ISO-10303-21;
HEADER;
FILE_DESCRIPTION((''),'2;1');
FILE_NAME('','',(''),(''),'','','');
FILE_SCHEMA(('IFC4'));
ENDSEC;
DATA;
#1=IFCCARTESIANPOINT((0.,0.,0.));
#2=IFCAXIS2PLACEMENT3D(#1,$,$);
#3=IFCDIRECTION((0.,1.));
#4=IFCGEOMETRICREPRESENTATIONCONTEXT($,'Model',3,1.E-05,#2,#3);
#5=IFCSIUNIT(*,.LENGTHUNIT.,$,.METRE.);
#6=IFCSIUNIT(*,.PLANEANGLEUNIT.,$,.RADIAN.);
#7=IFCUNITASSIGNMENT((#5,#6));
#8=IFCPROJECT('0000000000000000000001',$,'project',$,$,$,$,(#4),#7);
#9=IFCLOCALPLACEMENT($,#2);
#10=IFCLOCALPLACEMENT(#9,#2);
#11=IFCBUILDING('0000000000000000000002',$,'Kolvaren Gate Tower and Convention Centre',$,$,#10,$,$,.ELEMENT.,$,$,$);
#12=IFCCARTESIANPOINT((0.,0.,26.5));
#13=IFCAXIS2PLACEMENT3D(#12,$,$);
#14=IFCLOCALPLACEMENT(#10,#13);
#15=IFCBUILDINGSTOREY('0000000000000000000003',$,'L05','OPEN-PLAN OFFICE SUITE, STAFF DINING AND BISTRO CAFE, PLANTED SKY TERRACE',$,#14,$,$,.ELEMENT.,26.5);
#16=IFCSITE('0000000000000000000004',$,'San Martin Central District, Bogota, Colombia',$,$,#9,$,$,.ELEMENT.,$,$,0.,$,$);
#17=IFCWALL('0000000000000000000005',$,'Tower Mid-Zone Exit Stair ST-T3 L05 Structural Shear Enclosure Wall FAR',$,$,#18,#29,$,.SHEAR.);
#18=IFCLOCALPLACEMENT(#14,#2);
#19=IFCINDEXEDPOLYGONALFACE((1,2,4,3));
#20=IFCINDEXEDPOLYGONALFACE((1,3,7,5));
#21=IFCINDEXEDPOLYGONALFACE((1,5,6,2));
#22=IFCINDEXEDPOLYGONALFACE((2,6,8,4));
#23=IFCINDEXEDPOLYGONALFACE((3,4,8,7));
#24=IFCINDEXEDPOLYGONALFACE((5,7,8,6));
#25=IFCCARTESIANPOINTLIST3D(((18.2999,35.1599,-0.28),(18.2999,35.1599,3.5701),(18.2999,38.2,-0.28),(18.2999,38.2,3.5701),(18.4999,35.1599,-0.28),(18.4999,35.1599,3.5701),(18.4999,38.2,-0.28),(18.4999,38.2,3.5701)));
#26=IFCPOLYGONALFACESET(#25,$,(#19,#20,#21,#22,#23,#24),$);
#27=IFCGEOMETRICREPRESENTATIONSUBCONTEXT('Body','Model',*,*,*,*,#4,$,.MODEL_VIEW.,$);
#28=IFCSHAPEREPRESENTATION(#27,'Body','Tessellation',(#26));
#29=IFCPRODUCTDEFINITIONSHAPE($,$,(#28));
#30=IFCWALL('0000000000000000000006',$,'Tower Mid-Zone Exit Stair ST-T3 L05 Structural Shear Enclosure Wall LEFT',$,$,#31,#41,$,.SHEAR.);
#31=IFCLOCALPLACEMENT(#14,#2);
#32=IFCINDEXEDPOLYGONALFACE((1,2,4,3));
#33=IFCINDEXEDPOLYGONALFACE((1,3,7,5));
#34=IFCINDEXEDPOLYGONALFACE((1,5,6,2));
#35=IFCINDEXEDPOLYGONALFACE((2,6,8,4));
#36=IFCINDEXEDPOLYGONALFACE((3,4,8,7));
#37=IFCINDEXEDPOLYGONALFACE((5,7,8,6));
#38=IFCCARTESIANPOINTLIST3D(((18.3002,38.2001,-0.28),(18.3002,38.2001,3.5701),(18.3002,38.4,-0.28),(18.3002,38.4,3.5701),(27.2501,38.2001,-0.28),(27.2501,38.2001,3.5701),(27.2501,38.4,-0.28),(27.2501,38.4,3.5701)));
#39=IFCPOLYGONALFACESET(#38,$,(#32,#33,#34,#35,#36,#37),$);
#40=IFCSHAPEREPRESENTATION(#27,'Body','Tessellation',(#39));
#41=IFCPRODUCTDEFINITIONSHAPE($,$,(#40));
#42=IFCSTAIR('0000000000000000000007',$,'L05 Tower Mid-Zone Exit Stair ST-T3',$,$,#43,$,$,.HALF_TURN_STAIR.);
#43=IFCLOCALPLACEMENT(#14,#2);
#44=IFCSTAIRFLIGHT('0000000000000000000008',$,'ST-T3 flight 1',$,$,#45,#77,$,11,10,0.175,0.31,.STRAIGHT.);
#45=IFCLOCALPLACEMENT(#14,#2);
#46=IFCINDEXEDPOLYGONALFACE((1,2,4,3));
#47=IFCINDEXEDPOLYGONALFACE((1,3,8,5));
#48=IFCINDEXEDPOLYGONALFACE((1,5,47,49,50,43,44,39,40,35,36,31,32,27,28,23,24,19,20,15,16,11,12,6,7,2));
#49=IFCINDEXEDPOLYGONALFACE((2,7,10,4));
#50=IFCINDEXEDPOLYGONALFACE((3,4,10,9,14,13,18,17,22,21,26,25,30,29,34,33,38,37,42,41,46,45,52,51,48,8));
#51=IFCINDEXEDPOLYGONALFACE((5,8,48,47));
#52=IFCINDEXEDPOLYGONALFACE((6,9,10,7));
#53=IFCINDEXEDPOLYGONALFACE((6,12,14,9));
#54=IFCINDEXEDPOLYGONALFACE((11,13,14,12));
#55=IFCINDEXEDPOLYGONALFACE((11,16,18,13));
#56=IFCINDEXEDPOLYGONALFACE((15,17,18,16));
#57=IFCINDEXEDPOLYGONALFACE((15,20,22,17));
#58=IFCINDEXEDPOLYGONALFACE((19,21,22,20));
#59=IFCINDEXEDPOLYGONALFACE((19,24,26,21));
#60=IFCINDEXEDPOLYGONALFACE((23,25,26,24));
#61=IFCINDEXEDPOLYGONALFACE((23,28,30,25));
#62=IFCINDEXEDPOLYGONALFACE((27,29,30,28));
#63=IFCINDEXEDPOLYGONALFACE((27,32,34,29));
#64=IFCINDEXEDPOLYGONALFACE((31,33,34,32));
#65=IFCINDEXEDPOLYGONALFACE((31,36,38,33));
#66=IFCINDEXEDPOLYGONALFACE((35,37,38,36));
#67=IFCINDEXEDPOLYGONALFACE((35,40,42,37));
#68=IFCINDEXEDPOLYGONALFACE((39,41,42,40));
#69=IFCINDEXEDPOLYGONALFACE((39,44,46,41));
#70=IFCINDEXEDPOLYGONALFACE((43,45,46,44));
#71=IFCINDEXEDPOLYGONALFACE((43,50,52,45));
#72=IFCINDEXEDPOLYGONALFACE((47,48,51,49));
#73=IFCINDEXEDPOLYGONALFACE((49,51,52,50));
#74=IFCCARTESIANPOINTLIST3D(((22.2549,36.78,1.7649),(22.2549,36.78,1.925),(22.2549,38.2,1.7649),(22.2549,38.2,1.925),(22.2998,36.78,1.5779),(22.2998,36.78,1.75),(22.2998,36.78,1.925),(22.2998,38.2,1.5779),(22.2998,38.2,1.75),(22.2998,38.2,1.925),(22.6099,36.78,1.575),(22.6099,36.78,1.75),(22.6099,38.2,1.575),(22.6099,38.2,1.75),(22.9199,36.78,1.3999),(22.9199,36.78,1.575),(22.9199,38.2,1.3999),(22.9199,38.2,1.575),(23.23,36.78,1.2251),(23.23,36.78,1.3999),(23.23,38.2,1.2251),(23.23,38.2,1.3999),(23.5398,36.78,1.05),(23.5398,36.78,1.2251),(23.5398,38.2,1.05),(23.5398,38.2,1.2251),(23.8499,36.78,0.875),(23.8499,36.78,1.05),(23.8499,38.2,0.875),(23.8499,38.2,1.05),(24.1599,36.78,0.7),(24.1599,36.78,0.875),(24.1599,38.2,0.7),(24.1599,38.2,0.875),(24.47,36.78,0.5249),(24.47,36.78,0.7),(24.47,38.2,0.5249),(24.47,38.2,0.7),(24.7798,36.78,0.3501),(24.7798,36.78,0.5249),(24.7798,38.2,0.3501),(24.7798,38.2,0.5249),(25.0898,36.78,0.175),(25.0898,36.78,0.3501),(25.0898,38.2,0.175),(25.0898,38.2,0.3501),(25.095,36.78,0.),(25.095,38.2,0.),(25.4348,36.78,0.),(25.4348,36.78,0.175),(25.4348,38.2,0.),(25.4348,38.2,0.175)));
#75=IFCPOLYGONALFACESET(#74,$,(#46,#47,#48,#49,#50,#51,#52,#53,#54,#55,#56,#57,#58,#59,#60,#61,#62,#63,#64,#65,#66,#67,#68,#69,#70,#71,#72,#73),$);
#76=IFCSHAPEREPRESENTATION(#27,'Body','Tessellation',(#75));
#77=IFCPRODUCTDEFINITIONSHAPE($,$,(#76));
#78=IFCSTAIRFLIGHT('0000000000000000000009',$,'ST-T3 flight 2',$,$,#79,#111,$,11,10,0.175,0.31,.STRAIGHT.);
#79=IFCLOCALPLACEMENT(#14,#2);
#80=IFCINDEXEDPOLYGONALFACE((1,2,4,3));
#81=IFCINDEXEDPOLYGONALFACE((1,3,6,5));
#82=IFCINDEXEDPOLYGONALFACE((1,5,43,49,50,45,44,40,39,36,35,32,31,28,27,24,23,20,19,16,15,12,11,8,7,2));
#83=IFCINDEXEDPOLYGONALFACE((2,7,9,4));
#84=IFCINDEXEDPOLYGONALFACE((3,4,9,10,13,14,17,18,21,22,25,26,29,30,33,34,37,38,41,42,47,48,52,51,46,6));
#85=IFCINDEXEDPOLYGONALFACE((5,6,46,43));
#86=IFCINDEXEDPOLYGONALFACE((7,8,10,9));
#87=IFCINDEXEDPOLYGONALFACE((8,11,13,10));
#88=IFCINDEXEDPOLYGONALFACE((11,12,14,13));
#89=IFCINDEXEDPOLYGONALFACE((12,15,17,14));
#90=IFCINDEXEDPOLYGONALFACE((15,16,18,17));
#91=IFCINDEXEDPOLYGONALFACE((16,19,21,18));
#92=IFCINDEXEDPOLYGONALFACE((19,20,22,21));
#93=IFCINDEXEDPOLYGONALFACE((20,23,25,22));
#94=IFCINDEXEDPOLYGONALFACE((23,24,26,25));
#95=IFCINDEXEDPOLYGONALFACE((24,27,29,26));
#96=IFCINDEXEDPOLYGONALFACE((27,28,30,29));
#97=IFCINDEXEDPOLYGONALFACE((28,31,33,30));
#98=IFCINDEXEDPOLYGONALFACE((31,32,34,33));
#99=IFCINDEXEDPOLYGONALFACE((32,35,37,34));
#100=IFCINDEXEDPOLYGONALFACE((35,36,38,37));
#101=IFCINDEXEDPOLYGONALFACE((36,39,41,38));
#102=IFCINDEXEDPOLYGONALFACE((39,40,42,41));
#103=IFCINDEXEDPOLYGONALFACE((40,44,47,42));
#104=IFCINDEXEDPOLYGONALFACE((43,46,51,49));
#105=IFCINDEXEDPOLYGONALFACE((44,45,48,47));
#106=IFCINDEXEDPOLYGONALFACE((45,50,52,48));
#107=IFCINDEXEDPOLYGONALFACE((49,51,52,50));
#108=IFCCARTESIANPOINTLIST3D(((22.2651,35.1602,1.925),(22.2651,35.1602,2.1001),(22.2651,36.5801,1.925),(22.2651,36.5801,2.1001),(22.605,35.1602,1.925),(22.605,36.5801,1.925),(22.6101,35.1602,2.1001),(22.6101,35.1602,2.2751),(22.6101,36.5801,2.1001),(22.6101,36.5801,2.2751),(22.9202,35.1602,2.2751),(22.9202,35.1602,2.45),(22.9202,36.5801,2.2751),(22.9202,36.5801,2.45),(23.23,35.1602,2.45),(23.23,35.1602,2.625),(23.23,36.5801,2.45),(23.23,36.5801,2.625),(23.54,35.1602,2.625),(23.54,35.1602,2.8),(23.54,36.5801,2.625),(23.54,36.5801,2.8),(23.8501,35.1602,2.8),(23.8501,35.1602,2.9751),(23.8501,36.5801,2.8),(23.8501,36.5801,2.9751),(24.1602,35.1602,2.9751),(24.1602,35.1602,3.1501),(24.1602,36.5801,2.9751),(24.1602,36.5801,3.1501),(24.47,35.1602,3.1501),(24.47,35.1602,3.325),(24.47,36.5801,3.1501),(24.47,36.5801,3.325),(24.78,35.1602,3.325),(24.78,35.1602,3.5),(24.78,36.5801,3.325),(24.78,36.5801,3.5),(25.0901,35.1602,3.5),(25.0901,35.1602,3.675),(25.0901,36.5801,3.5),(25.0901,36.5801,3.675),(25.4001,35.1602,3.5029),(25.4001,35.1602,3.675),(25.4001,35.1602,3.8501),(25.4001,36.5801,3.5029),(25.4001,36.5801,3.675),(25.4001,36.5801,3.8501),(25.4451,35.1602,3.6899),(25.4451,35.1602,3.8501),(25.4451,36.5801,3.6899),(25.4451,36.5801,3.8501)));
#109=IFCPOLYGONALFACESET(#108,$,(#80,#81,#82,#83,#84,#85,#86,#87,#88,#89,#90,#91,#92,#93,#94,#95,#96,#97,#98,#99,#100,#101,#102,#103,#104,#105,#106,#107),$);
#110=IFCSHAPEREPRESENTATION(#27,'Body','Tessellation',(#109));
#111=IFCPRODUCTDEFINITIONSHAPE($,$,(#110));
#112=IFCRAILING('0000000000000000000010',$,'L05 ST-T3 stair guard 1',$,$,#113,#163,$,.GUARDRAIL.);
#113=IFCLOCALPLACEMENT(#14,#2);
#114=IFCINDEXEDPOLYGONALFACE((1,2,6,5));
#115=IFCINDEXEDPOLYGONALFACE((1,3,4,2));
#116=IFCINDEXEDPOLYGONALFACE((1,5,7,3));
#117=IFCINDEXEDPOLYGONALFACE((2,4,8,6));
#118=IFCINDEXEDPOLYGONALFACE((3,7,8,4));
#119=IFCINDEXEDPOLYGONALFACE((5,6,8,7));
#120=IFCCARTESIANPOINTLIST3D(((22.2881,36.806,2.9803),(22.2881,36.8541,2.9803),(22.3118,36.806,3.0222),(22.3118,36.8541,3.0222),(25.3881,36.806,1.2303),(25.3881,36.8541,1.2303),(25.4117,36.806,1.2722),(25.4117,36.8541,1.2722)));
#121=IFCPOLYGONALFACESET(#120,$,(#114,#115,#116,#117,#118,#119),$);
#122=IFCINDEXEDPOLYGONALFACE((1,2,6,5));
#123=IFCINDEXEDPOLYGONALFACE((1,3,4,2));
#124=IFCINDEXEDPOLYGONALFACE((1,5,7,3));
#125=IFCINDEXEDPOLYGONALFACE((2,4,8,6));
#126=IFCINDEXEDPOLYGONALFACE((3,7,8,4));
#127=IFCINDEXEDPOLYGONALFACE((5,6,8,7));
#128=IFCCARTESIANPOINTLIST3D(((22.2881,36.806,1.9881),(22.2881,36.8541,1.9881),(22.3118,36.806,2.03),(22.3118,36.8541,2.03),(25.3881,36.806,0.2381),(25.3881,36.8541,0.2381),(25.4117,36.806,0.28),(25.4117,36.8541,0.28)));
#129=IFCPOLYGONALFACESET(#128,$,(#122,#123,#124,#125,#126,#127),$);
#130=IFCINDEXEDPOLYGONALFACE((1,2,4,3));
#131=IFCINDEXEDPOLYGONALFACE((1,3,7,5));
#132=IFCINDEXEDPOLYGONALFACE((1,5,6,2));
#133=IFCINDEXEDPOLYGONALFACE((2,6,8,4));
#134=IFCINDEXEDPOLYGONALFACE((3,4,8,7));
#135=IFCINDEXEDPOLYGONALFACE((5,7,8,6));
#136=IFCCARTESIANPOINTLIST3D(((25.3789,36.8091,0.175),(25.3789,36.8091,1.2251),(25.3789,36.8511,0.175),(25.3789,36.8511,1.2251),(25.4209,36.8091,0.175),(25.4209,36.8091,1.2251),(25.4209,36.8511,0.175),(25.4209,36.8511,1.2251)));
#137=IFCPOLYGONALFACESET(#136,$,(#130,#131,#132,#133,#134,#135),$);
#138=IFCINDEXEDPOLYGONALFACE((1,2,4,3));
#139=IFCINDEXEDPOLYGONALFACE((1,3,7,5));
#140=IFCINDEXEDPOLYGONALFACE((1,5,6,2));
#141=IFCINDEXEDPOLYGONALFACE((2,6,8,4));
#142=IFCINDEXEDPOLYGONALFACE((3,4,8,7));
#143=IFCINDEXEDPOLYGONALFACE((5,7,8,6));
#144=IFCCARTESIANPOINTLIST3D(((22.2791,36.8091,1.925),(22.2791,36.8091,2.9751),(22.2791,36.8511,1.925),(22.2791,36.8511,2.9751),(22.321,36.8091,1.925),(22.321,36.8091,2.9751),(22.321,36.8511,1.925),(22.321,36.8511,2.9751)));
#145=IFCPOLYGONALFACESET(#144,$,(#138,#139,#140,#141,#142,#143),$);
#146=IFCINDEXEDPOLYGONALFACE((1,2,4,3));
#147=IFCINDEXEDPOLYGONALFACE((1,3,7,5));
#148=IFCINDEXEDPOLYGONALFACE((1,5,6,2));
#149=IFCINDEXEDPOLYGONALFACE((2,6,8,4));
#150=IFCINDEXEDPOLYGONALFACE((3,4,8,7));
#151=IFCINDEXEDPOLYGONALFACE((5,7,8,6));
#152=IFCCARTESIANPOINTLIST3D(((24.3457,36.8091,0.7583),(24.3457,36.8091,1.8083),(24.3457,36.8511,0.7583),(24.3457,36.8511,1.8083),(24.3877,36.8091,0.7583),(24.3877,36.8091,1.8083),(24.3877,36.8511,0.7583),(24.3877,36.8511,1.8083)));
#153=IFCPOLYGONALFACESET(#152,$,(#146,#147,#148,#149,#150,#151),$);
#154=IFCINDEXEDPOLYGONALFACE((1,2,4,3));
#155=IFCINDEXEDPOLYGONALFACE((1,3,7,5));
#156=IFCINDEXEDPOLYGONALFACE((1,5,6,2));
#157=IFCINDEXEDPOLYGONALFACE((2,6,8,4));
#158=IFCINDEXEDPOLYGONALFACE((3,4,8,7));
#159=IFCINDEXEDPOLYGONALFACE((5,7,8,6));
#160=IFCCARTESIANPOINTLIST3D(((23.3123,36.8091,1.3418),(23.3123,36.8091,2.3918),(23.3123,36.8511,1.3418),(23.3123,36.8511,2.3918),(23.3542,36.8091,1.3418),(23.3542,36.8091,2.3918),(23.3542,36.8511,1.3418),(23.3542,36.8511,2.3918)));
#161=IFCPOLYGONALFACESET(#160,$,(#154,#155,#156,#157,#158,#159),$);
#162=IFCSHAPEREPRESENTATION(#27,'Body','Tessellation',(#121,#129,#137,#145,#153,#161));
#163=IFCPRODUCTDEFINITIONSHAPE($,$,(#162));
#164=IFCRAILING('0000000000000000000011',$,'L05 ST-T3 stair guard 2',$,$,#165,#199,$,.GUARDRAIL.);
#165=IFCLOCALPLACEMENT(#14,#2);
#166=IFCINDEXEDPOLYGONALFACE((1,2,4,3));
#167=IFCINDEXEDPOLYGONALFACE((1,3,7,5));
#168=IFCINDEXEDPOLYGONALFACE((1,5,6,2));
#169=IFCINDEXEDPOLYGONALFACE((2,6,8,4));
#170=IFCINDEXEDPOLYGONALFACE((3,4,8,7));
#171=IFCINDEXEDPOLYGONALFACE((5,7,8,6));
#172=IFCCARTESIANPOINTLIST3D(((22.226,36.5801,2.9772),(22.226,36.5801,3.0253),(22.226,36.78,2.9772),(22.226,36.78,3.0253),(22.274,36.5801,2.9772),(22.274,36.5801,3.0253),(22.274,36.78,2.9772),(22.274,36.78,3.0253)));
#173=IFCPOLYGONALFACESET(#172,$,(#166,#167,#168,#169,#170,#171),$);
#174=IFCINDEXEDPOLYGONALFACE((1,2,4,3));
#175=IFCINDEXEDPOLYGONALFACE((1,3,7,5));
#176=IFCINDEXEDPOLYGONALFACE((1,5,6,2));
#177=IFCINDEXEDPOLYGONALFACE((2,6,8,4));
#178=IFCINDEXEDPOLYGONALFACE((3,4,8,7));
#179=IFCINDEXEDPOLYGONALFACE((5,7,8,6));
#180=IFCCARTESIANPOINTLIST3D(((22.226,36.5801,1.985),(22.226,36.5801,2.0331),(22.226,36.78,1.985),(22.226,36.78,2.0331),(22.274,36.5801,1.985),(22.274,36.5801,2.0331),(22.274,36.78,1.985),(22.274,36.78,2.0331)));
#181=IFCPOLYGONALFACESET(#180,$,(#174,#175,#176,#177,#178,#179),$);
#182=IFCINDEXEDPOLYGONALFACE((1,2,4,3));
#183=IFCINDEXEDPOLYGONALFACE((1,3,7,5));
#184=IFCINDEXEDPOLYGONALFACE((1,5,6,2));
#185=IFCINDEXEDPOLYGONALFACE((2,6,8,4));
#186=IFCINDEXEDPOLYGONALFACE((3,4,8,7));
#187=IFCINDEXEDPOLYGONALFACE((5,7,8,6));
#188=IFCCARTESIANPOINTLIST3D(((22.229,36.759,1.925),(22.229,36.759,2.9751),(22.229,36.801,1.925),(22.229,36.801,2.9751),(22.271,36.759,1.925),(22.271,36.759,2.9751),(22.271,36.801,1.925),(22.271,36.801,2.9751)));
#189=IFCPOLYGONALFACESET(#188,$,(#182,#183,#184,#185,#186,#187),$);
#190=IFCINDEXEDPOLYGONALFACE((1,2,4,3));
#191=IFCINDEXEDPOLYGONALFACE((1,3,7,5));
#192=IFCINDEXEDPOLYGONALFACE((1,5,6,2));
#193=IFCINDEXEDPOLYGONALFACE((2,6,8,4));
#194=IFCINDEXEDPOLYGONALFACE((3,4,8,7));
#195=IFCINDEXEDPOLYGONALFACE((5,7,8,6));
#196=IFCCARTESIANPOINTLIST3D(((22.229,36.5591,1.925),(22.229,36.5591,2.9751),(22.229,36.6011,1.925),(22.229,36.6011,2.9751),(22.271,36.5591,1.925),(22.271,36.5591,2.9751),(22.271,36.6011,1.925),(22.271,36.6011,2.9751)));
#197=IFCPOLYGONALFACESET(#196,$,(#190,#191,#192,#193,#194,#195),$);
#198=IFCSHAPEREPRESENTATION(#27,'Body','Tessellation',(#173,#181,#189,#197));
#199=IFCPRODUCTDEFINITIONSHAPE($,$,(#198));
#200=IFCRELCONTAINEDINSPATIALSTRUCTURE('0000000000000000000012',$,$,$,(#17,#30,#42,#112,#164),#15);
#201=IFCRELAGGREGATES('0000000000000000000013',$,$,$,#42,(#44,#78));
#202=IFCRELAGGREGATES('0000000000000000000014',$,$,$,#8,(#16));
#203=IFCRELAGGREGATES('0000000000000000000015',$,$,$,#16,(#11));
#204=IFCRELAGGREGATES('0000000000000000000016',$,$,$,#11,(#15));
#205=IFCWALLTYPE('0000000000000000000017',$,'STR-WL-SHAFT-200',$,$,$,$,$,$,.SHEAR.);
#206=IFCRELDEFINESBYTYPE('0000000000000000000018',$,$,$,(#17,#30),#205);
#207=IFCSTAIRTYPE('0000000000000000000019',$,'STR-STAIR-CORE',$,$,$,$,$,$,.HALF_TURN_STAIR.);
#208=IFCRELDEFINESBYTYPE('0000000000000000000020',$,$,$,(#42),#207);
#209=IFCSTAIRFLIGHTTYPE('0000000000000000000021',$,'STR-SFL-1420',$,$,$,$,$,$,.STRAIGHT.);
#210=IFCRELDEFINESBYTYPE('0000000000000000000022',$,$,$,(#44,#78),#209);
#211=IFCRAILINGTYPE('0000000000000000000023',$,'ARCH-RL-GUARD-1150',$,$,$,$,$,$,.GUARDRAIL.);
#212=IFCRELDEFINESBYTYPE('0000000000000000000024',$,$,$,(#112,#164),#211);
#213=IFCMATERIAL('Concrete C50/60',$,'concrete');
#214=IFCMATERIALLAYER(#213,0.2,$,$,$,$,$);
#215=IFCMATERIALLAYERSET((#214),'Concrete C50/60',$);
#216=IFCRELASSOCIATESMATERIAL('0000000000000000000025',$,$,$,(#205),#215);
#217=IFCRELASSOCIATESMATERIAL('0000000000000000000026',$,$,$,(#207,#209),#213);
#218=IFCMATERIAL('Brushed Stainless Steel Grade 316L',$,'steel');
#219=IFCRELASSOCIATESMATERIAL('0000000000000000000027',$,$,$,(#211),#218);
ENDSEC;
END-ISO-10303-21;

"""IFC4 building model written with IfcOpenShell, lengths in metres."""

from ifc_helpers import new_model, si_unit, direction, frame, frame_2d, origin, origin_2d, place, context, subcontext, project, spatial, polyline, rectangle, outline, extrude, material, layer, layer_set, type_object, element, aggregate, save


model = new_model("IFC4")

# Units and contexts
model_context = context("Model", 3, precision=1e-05, world=origin(), true_north=direction((0.0, 1.0)))
body_context = subcontext(model_context, "Body", "Model", "MODEL_VIEW")
ifc_project = project(units=[si_unit("LENGTHUNIT", "METRE"), si_unit("PLANEANGLEUNIT", "RADIAN")], contexts=[model_context])

# Site, building, storey
site_placement = place(None, origin())
site = spatial("IfcSite", under=ifc_project, at=site_placement, Name="San Martin Central District, Bogota, Colombia", CompositionType="ELEMENT", RefElevation=0.0)
building_placement = place(site_placement, origin())
building = spatial("IfcBuilding", under=site, at=building_placement, Name="Kolvaren Gate Tower and Convention Centre", CompositionType="ELEMENT")
storey_placement = place(building_placement, frame((0.0, 0.0, 26.5)))
storey = spatial("IfcBuildingStorey", under=building, at=storey_placement, Name="L05", Description="OPEN-PLAN OFFICE SUITE, STAFF DINING AND BISTRO CAFE, PLANTED SKY TERRACE", CompositionType="ELEMENT", Elevation=26.5)

# Shared definitions
ifc_material_1 = material(Name="Concrete C50/60", Category="concrete")
ifc_layer_1 = layer(ifc_material_1, 0.2)
ifc_layer_set_1 = layer_set([ifc_layer_1], Name="Concrete C50/60")
wall_type_1 = type_object("IfcWallType", Name="STR-WL-SHAFT-200", PredefinedType="SHEAR", material=ifc_layer_set_1)

# Walls
wall_1_placement = place(storey_placement, frame((18.3999, 35.1599, -0.28), z_axis=(0.0, 0.0, 1.0), x_axis=(0.0, 1.0, 0.0)))
element("IfcWall", 1, at=wall_1_placement, inside=storey, type_object=wall_type_1, Name="Tower Mid-Zone Exit Stair ST-T3 L05 Structural Shear Enclosure Wall FAR", PredefinedType="SHEAR", context=body_context, shape_type="SweptSolid", body=[
    extrude(rectangle(XDim=3.04, YDim=0.2, at=frame_2d((1.52, 0.0))), origin(), (0.0, 0.0, 1.0), 3.8501),
])
wall_2_placement = place(storey_placement, frame((18.3, 38.3, -0.28), z_axis=(0.0, 0.0, 1.0), x_axis=(1.0, 0.0, 0.0)))
element("IfcWall", 2, at=wall_2_placement, inside=storey, type_object=wall_type_1, Name="Tower Mid-Zone Exit Stair ST-T3 L05 Structural Shear Enclosure Wall LEFT", PredefinedType="SHEAR", context=body_context, shape_type="SweptSolid", body=[
    extrude(rectangle(XDim=8.95, YDim=0.2, at=frame_2d((4.4751, 0.0))), origin(), (0.0, 0.0, 1.0), 3.8501),
])

# Stair, stair flights
stair_type = type_object("IfcStairType", Name="STR-STAIR-CORE", PredefinedType="HALF_TURN_STAIR", material=ifc_material_1)
stair_placement = place(storey_placement, origin())
stair = element("IfcStair", 3, at=stair_placement, inside=storey, type_object=stair_type, Name="L05 Tower Mid-Zone Exit Stair ST-T3", PredefinedType="HALF_TURN_STAIR")
stair_flight_type = type_object("IfcStairFlightType", Name="STR-SFL-1420", PredefinedType="STRAIGHT", material=ifc_material_1)
stair_flight_1_placement = place(storey_placement, frame((25.3999, 37.49, 0.0), z_axis=(0.0, 0.0, 1.0), x_axis=(-1.0, 0.0, 0.0)))
stair_flight_1 = element("IfcStairFlight", 4, at=stair_flight_1_placement, type_object=stair_flight_type, Name="ST-T3 flight 1", NumberOfRisers=11, NumberOfTreads=10, PredefinedType="STRAIGHT", RiserHeight=0.175, TreadLength=0.31, context=body_context, shape_type="SweptSolid", body=[
    extrude(outline(polyline([(-0.0349, 0.0), (-0.0349, 0.175), (0.3101, 0.175), (0.3101, 0.3501), (0.6201, 0.3501), (0.6201, 0.5249), (0.9299, 0.5249), (0.9299, 0.7), (1.24, 0.7), (1.24, 0.875), (1.55, 0.875), (1.55, 1.05), (1.8601, 1.05), (1.8601, 1.2251), (2.1699, 1.2251), (2.1699, 1.3999), (2.48, 1.3999), (2.48, 1.575), (2.79, 1.575), (2.79, 1.75), (3.1001, 1.75), (3.1001, 1.925), (3.145, 1.925), (3.145, 1.7649), (3.1001, 1.5779), (0.3049, 0.0), (-0.0349, 0.0)])), frame((0.0, 0.71, 0.0), z_axis=(0.0, -1.0, 0.0), x_axis=(1.0, 0.0, 0.0)), (0.0, 0.0, 1.0), 1.4199),
])
stair_flight_2_placement = place(storey_placement, frame((22.3, 35.8701, 1.925), z_axis=(0.0, 0.0, 1.0), x_axis=(1.0, 0.0, 0.0)))
stair_flight_2 = element("IfcStairFlight", 5, at=stair_flight_2_placement, type_object=stair_flight_type, Name="ST-T3 flight 2", NumberOfRisers=11, NumberOfTreads=10, PredefinedType="STRAIGHT", RiserHeight=0.175, TreadLength=0.31, context=body_context, shape_type="SweptSolid", body=[
    extrude(outline(polyline([(-0.0349, 0.0), (-0.0349, 0.175), (0.3101, 0.175), (0.3101, 0.3501), (0.6201, 0.3501), (0.6201, 0.5249), (0.9299, 0.5249), (0.9299, 0.7), (1.24, 0.7), (1.24, 0.875), (1.55, 0.875), (1.55, 1.05), (1.8601, 1.05), (1.8601, 1.2251), (2.1699, 1.2251), (2.1699, 1.3999), (2.48, 1.3999), (2.48, 1.575), (2.79, 1.575), (2.79, 1.75), (3.1001, 1.75), (3.1001, 1.925), (3.145, 1.925), (3.145, 1.7649), (3.1001, 1.5779), (0.3049, 0.0), (-0.0349, 0.0)])), frame((0.0, 0.71, 0.0), z_axis=(0.0, -1.0, 0.0), x_axis=(1.0, 0.0, 0.0)), (0.0, 0.0, 1.0), 1.4199),
])
aggregate(stair, [stair_flight_1, stair_flight_2])

# Railings
ifc_material_2 = material(Name="Brushed Stainless Steel Grade 316L", Category="steel")
railing_type_1 = type_object("IfcRailingType", Name="ARCH-RL-GUARD-1150", PredefinedType="GUARDRAIL", material=ifc_material_2)
railing_1_placement = place(storey_placement, frame((25.3999, 36.8301, 0.175)))
element("IfcRailing", 6, at=railing_1_placement, inside=storey, type_object=railing_type_1, Name="L05 ST-T3 stair guard 1", PredefinedType="GUARDRAIL", context=body_context, shape_type="SweptSolid", body=[
    extrude(rectangle(XDim=0.0481, YDim=0.0481, at=origin_2d()), frame((0.0, 0.0, 1.0762), z_axis=(-0.870814, 0.0, 0.491612), x_axis=(0.0, -1.0, 0.0)), (0.0, 0.0, 1.0), 3.5598),
    extrude(rectangle(XDim=0.0481, YDim=0.0481, at=origin_2d()), frame((0.0, 0.0, 0.084), z_axis=(-0.870814, 0.0, 0.491612), x_axis=(0.0, -1.0, 0.0)), (0.0, 0.0, 1.0), 3.5598),
    extrude(rectangle(XDim=0.042, YDim=0.042, at=origin_2d()), origin(), (0.0, 0.0, 1.0), 1.05),
    extrude(rectangle(XDim=0.042, YDim=0.042, at=origin_2d()), frame((-3.0999, 0.0, 1.75)), (0.0, 0.0, 1.0), 1.05),
    extrude(rectangle(XDim=0.042, YDim=0.042, at=origin_2d()), frame((-1.0332, 0.0, 0.5833)), (0.0, 0.0, 1.0), 1.05),
    extrude(rectangle(XDim=0.042, YDim=0.042, at=origin_2d()), frame((-2.0667, 0.0, 1.1667)), (0.0, 0.0, 1.0), 1.05),
])
railing_2_placement = place(storey_placement, frame((22.25, 36.78, 1.925)))
element("IfcRailing", 7, at=railing_2_placement, inside=storey, type_object=railing_type_1, Name="L05 ST-T3 stair guard 2", PredefinedType="GUARDRAIL", context=body_context, shape_type="SweptSolid", body=[
    extrude(rectangle(XDim=0.0481, YDim=0.0481, at=origin_2d()), frame((0.0, 0.0, 1.0762), z_axis=(0.0, -1.0, 0.0), x_axis=(1.0, 0.0, 0.0)), (0.0, 0.0, 1.0), 0.2),
    extrude(rectangle(XDim=0.0481, YDim=0.0481, at=origin_2d()), frame((0.0, 0.0, 0.084), z_axis=(0.0, -1.0, 0.0), x_axis=(1.0, 0.0, 0.0)), (0.0, 0.0, 1.0), 0.2),
    extrude(rectangle(XDim=0.042, YDim=0.042, at=origin_2d()), origin(), (0.0, 0.0, 1.0), 1.05),
    extrude(rectangle(XDim=0.042, YDim=0.042, at=origin_2d()), frame((0.0, -0.2, 0.0)), (0.0, 0.0, 1.0), 1.05),
])

save(model, "model.ifc")
